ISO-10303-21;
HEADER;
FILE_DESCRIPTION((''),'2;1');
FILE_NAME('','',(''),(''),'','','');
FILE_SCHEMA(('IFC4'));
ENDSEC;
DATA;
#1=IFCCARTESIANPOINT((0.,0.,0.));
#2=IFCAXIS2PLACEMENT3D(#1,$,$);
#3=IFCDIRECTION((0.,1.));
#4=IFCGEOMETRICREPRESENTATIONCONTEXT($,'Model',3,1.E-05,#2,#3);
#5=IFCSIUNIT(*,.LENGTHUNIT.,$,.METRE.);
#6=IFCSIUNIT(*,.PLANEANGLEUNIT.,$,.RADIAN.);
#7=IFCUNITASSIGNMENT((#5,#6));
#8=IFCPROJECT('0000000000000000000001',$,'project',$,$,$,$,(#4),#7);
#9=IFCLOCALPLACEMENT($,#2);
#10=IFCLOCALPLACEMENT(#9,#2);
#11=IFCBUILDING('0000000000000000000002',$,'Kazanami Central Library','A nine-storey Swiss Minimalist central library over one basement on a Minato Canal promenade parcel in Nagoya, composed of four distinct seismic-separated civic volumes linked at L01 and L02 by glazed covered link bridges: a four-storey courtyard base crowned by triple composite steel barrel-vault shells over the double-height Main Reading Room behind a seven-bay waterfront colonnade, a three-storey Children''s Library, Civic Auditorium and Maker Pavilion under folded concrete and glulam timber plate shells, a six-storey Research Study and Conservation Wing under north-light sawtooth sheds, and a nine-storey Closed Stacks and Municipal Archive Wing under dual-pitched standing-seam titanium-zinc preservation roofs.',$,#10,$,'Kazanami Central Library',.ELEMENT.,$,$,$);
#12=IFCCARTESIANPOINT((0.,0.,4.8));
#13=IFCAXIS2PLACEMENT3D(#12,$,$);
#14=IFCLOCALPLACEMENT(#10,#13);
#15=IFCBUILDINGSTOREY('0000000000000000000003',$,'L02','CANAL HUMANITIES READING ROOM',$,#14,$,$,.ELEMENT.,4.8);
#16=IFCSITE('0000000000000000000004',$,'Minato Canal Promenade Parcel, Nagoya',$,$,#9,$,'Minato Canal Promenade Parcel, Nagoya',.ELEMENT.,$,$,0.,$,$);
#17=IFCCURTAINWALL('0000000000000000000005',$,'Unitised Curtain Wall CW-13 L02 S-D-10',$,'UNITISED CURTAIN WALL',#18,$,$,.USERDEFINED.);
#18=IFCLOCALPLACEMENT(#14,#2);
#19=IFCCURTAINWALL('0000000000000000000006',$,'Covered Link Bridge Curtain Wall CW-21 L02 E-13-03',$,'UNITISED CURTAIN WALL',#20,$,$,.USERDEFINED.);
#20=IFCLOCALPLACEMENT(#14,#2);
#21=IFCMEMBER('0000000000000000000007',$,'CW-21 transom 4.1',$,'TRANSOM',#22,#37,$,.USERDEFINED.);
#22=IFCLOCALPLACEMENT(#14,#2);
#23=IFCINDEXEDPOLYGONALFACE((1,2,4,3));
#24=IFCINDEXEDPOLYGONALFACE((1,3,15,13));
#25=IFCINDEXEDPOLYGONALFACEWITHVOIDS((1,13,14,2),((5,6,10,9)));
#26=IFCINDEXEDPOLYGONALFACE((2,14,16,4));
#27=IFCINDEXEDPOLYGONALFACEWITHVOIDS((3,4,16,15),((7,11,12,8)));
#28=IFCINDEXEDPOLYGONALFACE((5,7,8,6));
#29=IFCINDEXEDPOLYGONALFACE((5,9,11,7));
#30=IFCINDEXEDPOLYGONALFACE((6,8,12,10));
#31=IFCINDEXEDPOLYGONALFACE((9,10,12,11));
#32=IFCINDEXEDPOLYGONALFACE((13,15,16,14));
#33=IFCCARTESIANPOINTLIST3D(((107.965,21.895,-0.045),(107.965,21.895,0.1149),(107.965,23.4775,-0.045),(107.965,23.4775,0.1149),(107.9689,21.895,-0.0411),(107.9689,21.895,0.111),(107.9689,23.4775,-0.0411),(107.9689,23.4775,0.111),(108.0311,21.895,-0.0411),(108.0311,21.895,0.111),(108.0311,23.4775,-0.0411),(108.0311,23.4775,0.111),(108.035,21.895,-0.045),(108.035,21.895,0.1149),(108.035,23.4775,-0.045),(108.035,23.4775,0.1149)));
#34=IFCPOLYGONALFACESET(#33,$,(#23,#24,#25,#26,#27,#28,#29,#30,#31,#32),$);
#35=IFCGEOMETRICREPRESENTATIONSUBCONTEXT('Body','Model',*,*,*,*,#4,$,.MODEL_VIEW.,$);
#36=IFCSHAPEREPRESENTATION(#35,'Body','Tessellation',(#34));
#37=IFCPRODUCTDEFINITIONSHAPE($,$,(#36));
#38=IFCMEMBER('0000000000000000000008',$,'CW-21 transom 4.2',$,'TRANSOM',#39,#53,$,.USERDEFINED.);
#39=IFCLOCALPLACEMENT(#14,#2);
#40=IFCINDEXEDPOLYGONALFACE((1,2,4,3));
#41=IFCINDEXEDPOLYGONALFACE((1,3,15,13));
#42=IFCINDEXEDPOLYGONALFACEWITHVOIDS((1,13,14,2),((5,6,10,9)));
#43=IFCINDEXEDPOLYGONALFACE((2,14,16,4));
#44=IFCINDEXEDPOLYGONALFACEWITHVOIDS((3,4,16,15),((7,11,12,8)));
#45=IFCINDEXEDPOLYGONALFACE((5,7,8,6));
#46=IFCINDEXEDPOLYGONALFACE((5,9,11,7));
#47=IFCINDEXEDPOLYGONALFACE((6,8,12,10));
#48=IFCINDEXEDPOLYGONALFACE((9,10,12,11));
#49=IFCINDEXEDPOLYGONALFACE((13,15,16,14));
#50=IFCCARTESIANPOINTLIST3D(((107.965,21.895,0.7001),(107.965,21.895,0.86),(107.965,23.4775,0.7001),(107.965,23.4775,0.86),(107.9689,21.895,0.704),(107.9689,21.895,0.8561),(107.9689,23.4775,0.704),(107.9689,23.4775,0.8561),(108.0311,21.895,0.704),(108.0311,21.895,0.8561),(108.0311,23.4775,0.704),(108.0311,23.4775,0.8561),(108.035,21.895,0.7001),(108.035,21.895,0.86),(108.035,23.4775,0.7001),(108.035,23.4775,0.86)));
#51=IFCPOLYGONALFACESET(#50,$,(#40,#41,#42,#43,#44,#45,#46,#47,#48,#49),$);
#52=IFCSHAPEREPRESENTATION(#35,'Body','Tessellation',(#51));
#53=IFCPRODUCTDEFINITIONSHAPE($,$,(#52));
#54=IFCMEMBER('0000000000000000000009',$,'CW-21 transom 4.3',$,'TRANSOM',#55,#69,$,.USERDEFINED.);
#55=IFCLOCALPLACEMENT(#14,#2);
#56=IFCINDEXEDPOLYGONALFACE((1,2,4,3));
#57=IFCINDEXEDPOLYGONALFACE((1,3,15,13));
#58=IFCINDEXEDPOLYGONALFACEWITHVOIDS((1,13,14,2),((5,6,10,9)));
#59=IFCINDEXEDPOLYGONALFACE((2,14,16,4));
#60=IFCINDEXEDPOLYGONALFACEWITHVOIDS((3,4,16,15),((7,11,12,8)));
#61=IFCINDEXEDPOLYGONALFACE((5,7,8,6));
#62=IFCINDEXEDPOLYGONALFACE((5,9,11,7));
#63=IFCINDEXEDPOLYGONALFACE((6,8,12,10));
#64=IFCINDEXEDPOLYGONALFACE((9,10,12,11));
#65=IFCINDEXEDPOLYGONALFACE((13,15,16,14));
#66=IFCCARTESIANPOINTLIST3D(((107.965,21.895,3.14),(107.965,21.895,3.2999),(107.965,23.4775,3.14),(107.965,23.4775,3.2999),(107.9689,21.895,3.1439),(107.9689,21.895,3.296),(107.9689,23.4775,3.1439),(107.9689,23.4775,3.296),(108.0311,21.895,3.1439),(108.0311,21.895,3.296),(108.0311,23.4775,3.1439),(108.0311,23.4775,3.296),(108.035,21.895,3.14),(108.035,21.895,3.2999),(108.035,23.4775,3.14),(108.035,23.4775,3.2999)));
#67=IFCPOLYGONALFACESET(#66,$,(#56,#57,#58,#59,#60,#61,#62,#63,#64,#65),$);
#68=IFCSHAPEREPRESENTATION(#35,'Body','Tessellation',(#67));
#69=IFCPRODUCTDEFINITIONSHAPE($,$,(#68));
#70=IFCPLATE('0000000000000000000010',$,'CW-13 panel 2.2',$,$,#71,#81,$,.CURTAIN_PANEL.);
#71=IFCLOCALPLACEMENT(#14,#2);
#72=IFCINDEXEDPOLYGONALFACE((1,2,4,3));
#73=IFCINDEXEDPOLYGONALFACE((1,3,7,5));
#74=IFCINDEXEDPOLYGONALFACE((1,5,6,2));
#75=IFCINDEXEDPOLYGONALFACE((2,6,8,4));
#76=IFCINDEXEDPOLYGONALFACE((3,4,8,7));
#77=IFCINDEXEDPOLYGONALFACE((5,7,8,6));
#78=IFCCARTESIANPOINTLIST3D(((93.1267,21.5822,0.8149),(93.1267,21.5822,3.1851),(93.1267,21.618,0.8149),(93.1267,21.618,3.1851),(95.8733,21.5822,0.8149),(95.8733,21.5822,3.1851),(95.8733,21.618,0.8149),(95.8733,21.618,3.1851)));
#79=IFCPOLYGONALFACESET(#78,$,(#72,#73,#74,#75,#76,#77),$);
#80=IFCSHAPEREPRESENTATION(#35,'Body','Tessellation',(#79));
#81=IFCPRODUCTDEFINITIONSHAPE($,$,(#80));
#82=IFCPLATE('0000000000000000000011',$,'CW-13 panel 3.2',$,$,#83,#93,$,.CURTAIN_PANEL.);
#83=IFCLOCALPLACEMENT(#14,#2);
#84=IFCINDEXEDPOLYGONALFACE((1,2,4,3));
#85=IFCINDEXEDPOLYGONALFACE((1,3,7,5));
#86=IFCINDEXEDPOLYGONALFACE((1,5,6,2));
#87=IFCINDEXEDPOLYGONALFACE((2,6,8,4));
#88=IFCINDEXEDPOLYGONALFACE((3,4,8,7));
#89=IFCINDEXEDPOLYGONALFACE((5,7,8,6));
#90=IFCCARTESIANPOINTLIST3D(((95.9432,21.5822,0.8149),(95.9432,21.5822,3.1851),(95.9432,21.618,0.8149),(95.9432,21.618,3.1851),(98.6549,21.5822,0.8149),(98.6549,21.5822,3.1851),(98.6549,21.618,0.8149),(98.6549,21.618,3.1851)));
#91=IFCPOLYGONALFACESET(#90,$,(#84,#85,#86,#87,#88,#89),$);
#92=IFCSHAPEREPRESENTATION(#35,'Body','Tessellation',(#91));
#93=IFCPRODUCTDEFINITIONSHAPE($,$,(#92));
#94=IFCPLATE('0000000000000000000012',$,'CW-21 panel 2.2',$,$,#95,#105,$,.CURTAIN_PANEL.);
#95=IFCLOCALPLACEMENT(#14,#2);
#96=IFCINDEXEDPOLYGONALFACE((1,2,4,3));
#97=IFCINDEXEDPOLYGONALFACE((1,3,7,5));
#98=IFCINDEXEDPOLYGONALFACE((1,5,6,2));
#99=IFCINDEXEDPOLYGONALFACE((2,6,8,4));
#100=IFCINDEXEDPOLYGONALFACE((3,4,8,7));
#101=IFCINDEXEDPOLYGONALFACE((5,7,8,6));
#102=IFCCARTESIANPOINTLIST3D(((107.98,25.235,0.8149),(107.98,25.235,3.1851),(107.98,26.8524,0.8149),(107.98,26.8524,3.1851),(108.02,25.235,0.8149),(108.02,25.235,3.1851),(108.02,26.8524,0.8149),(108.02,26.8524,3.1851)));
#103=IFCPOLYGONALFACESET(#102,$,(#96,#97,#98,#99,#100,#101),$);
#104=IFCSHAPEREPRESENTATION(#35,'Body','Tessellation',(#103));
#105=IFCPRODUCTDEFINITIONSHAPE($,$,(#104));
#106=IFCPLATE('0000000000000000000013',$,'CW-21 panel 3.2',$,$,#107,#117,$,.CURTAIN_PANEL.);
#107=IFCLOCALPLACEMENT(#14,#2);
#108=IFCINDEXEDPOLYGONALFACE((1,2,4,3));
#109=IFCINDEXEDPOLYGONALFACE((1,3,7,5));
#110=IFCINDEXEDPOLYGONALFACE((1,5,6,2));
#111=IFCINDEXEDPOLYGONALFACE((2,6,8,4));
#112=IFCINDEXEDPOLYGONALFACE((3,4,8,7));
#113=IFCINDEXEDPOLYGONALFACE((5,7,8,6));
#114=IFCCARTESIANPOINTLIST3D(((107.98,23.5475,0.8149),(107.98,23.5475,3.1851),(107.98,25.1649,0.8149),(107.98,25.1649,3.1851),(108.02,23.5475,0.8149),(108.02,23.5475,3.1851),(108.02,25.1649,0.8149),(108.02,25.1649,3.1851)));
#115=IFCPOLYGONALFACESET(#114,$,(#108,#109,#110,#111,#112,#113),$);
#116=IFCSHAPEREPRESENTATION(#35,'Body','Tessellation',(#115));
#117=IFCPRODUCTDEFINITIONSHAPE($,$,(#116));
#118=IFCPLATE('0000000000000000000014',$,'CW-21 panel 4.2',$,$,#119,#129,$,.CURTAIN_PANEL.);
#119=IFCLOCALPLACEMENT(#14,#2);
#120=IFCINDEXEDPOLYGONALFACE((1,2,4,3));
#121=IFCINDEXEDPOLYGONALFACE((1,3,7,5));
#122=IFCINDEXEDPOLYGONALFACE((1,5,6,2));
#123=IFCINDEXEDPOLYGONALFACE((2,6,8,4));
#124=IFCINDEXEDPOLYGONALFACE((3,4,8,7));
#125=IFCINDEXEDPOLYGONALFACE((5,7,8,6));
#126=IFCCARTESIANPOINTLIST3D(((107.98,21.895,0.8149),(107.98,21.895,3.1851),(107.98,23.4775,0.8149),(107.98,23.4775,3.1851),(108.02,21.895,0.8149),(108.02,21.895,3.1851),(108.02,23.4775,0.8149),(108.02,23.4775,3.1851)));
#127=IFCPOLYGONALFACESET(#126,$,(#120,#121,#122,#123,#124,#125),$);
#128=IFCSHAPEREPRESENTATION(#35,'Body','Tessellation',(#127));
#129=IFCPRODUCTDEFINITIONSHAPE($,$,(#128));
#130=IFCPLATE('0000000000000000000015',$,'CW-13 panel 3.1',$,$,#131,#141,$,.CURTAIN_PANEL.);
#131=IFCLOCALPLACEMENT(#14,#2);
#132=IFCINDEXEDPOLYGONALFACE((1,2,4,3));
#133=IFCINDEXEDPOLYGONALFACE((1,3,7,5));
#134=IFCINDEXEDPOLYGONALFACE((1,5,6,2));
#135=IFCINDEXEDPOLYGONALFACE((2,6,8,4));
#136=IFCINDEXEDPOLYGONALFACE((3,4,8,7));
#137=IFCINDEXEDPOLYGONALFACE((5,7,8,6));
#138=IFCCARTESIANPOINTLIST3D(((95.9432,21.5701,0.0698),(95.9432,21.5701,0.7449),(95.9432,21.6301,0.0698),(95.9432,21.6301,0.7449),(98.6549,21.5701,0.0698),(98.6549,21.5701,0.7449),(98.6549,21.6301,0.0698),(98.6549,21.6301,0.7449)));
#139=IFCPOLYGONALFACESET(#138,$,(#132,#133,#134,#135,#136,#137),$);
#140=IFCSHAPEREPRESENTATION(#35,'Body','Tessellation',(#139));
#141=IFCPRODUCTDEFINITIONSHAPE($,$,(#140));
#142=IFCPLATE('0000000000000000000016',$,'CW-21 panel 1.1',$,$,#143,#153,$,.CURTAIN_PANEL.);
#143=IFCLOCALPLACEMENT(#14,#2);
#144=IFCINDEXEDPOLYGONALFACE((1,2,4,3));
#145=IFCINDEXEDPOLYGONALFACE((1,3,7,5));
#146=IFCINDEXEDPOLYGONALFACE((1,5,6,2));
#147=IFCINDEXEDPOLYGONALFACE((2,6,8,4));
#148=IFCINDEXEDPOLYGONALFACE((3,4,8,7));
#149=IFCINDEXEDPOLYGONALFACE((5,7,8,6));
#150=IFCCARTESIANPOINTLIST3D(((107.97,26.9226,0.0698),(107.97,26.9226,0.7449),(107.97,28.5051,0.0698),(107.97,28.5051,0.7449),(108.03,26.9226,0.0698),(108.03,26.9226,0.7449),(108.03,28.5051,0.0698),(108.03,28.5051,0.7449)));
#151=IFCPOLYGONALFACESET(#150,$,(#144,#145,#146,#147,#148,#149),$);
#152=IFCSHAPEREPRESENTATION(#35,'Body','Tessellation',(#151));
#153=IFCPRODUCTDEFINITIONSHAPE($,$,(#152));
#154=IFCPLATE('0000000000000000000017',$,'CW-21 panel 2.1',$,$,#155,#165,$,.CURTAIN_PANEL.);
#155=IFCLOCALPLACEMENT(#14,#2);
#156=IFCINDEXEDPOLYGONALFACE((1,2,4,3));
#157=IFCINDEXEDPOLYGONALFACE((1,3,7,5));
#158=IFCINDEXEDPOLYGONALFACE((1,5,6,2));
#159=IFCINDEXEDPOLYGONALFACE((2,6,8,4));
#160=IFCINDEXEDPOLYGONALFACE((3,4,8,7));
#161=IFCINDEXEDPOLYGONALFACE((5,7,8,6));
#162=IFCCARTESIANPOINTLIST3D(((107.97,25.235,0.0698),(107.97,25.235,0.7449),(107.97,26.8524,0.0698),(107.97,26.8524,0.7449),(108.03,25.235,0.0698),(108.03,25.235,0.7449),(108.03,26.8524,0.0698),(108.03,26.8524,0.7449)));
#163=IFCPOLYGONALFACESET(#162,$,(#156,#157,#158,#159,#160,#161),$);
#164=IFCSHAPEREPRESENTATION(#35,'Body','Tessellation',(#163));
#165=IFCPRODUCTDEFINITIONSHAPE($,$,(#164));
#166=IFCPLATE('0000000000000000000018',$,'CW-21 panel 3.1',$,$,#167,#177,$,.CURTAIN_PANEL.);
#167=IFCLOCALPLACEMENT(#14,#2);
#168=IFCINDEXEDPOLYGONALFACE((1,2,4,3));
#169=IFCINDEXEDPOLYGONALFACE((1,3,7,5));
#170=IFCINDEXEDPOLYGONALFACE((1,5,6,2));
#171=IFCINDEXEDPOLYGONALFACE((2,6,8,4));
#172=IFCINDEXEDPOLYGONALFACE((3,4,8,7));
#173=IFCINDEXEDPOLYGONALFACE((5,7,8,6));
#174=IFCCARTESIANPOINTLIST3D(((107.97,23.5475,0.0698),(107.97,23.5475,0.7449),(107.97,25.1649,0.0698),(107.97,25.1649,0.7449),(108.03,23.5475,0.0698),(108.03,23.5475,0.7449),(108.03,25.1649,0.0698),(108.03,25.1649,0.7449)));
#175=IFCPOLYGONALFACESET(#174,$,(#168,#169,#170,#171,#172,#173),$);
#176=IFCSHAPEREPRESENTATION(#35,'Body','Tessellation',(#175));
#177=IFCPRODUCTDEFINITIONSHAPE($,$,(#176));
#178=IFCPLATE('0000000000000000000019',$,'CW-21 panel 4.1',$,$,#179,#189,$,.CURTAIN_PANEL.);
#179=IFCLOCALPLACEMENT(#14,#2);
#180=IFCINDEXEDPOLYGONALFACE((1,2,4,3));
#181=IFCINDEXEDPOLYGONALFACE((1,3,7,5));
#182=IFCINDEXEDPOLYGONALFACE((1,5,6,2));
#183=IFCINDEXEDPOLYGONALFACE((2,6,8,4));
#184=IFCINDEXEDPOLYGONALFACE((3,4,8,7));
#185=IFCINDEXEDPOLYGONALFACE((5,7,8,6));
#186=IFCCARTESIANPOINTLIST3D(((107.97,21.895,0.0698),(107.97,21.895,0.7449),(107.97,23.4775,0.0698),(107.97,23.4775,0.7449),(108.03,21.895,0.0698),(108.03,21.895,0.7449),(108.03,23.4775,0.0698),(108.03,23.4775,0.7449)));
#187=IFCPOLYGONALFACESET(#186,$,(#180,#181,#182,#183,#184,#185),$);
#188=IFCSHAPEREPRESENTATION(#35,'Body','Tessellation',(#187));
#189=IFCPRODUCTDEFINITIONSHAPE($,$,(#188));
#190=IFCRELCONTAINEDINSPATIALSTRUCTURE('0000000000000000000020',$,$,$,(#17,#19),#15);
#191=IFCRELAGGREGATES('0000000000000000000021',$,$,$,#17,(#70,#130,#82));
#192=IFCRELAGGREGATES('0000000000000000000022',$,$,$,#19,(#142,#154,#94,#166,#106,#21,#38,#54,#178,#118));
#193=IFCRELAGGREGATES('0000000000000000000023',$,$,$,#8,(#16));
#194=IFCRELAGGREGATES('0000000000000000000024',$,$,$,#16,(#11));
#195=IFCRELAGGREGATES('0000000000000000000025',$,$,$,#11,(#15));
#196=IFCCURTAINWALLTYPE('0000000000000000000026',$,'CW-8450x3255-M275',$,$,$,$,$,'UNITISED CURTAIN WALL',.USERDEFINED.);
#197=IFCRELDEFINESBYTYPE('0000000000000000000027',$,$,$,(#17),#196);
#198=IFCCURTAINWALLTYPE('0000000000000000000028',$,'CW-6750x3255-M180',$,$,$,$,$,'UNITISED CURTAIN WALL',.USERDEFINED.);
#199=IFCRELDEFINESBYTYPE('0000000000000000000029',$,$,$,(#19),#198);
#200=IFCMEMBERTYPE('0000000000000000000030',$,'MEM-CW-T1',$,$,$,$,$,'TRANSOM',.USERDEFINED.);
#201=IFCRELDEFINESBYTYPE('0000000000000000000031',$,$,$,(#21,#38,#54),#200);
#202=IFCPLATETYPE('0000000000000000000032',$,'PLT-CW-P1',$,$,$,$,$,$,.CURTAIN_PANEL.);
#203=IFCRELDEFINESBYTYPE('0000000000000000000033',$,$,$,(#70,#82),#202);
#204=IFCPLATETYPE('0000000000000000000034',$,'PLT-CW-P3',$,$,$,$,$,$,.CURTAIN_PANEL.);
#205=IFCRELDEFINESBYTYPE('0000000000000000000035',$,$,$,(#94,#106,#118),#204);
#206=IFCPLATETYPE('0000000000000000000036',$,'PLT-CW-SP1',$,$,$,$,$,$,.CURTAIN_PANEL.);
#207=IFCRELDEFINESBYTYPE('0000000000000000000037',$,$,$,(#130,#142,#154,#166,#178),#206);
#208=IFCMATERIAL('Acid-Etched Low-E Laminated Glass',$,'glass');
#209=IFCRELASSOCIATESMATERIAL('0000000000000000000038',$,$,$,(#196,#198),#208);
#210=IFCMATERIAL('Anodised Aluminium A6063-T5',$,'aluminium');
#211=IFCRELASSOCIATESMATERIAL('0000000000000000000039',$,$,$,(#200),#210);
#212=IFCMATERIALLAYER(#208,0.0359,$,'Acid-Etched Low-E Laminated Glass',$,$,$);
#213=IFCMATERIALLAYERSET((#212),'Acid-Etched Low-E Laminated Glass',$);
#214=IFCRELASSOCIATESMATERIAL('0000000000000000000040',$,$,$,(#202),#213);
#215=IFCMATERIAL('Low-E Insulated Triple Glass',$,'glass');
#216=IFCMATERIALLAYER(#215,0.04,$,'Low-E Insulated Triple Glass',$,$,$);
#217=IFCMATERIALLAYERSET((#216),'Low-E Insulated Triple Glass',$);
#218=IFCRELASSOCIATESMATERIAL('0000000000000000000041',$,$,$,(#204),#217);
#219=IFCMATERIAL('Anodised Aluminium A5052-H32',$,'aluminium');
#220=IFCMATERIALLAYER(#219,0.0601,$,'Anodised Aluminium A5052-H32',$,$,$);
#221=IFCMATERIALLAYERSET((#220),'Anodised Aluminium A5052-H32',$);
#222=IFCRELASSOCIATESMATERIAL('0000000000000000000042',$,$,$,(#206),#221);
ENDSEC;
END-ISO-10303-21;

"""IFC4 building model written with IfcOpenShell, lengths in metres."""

from ifc_helpers import new_model, si_unit, direction, frame, origin, origin_2d, place, context, subcontext, project, spatial, rectangle, hollow_rectangle, extrude, material, layer, layer_set, material_profile, profile_set, type_object, element, aggregate, save


model = new_model("IFC4")

# Units and contexts
model_context = context("Model", 3, precision=1e-05, world=origin(), true_north=direction((0.0, 1.0)))
body_context = subcontext(model_context, "Body", "Model", "MODEL_VIEW")
ifc_project = project(units=[si_unit("LENGTHUNIT", "METRE"), si_unit("PLANEANGLEUNIT", "RADIAN")], contexts=[model_context])

# Site, building, storey
site_placement = place(None, origin())
site = spatial("IfcSite", under=ifc_project, at=site_placement, Name="Minato Canal Promenade Parcel, Nagoya", LongName="Minato Canal Promenade Parcel, Nagoya", CompositionType="ELEMENT", RefElevation=0.0)
building_placement = place(site_placement, origin())
building = spatial("IfcBuilding", under=site, at=building_placement, Name="Kazanami Central Library", Description="A nine-storey Swiss Minimalist central library over one basement on a Minato Canal promenade parcel in Nagoya, composed of four distinct seismic-separated civic volumes linked at L01 and L02 by glazed covered link bridges: a four-storey courtyard base crowned by triple composite steel barrel-vault shells over the double-height Main Reading Room behind a seven-bay waterfront colonnade, a three-storey Children's Library, Civic Auditorium and Maker Pavilion under folded concrete and glulam timber plate shells, a six-storey Research Study and Conservation Wing under north-light sawtooth sheds, and a nine-storey Closed Stacks and Municipal Archive Wing under dual-pitched standing-seam titanium-zinc preservation roofs.", LongName="Kazanami Central Library", CompositionType="ELEMENT")
storey_placement = place(building_placement, frame((0.0, 0.0, 4.8)))
storey = spatial("IfcBuildingStorey", under=building, at=storey_placement, Name="L02", Description="CANAL HUMANITIES READING ROOM", CompositionType="ELEMENT", Elevation=4.8)

# Curtain walls
ifc_material_1 = material(Name="Acid-Etched Low-E Laminated Glass", Category="glass")
curtain_wall_type_1 = type_object("IfcCurtainWallType", Name="CW-8450x3255-M275", ElementType="UNITISED CURTAIN WALL", PredefinedType="USERDEFINED", material=ifc_material_1)
curtain_wall_1_placement = place(storey_placement, origin())
curtain_wall_1 = element("IfcCurtainWall", 1, at=curtain_wall_1_placement, inside=storey, type_object=curtain_wall_type_1, Name="Unitised Curtain Wall CW-13 L02 S-D-10", ObjectType="UNITISED CURTAIN WALL", PredefinedType="USERDEFINED")
ifc_material_2 = material(Name="Anodised Aluminium A6063-T5", Category="aluminium")
curtain_wall_type_2 = type_object("IfcCurtainWallType", Name="CW-6750x3255-M180", ElementType="UNITISED CURTAIN WALL", PredefinedType="USERDEFINED", material=ifc_material_1)
curtain_wall_2_placement = place(storey_placement, origin())
curtain_wall_2 = element("IfcCurtainWall", 2, at=curtain_wall_2_placement, inside=storey, type_object=curtain_wall_type_2, Name="Covered Link Bridge Curtain Wall CW-21 L02 E-13-03", ObjectType="UNITISED CURTAIN WALL", PredefinedType="USERDEFINED")

# Members
ifc_material_profile_1 = material_profile(ifc_material_2, hollow_rectangle(XDim=0.0701, YDim=0.1599, WallThickness=0.0039, at=origin_2d()), Name="ALU-TRAN-70x160x4")
ifc_profile_set_1 = profile_set([ifc_material_profile_1], Name="Anodised Aluminium A6063-T5")
member_type_1 = type_object("IfcMemberType", Name="MEM-CW-T1", ElementType="TRANSOM", PredefinedType="USERDEFINED", material=ifc_profile_set_1)
member_1_placement = place(storey_placement, frame((108.0, 23.4775, 0.0349), z_axis=(0.0, -1.0, 0.0), x_axis=(1.0, 0.0, 0.0)))
member_1 = element("IfcMember", 3, at=member_1_placement, type_object=member_type_1, Name="CW-21 transom 4.1", ObjectType="TRANSOM", PredefinedType="USERDEFINED", context=body_context, shape_type="SweptSolid", body=[
    extrude(hollow_rectangle(XDim=0.0701, YDim=0.1599, WallThickness=0.0039, at=origin_2d()), origin(), (0.0, 0.0, 1.0), 1.5825),
])
member_2_placement = place(storey_placement, frame((108.0, 23.4775, 0.78), z_axis=(0.0, -1.0, 0.0), x_axis=(1.0, 0.0, 0.0)))
member_2 = element("IfcMember", 4, at=member_2_placement, type_object=member_type_1, Name="CW-21 transom 4.2", ObjectType="TRANSOM", PredefinedType="USERDEFINED", context=body_context, shape_type="SweptSolid", body=[
    extrude(hollow_rectangle(XDim=0.0701, YDim=0.1599, WallThickness=0.0039, at=origin_2d()), origin(), (0.0, 0.0, 1.0), 1.5825),
])
member_3_placement = place(storey_placement, frame((108.0, 23.4775, 3.22), z_axis=(0.0, -1.0, 0.0), x_axis=(1.0, 0.0, 0.0)))
member_3 = element("IfcMember", 5, at=member_3_placement, type_object=member_type_1, Name="CW-21 transom 4.3", ObjectType="TRANSOM", PredefinedType="USERDEFINED", context=body_context, shape_type="SweptSolid", body=[
    extrude(hollow_rectangle(XDim=0.0701, YDim=0.1599, WallThickness=0.0039, at=origin_2d()), origin(), (0.0, 0.0, 1.0), 1.5825),
])

# Plates
ifc_layer_1 = layer(ifc_material_1, 0.0359, Name="Acid-Etched Low-E Laminated Glass")
ifc_layer_set_1 = layer_set([ifc_layer_1], Name="Acid-Etched Low-E Laminated Glass")
plate_type_1 = type_object("IfcPlateType", Name="PLT-CW-P1", PredefinedType="CURTAIN_PANEL", material=ifc_layer_set_1)
plate_1_placement = place(storey_placement, frame((94.5, 21.6001, 0.8149), z_axis=(0.0, 0.0, 1.0), x_axis=(1.0, 0.0, 0.0)))
plate_1 = element("IfcPlate", 6, at=plate_1_placement, type_object=plate_type_1, Name="CW-13 panel 2.2", PredefinedType="CURTAIN_PANEL", context=body_context, shape_type="SweptSolid", body=[
    extrude(rectangle(XDim=2.7466, YDim=0.0359, at=origin_2d()), origin(), (0.0, 0.0, 1.0), 2.3701),
])
plate_2_placement = place(storey_placement, frame((97.2991, 21.6001, 0.8149), z_axis=(0.0, 0.0, 1.0), x_axis=(1.0, 0.0, 0.0)))
plate_2 = element("IfcPlate", 7, at=plate_2_placement, type_object=plate_type_1, Name="CW-13 panel 3.2", PredefinedType="CURTAIN_PANEL", context=body_context, shape_type="SweptSolid", body=[
    extrude(rectangle(XDim=2.7117, YDim=0.0359, at=origin_2d()), origin(), (0.0, 0.0, 1.0), 2.3701),
])
ifc_material_3 = material(Name="Low-E Insulated Triple Glass", Category="glass")
ifc_layer_2 = layer(ifc_material_3, 0.04, Name="Low-E Insulated Triple Glass")
ifc_layer_set_2 = layer_set([ifc_layer_2], Name="Low-E Insulated Triple Glass")
plate_type_2 = type_object("IfcPlateType", Name="PLT-CW-P3", PredefinedType="CURTAIN_PANEL", material=ifc_layer_set_2)
plate_3_placement = place(storey_placement, frame((108.0, 26.0437, 0.8149), z_axis=(0.0, 0.0, 1.0), x_axis=(0.0, -1.0, 0.0)))
plate_3 = element("IfcPlate", 8, at=plate_3_placement, type_object=plate_type_2, Name="CW-21 panel 2.2", PredefinedType="CURTAIN_PANEL", context=body_context, shape_type="SweptSolid", body=[
    extrude(rectangle(XDim=1.6174, YDim=0.04, at=origin_2d()), origin(), (0.0, 0.0, 1.0), 2.3701),
])
plate_4_placement = place(storey_placement, frame((108.0, 24.3562, 0.8149), z_axis=(0.0, 0.0, 1.0), x_axis=(0.0, -1.0, 0.0)))
plate_4 = element("IfcPlate", 9, at=plate_4_placement, type_object=plate_type_2, Name="CW-21 panel 3.2", PredefinedType="CURTAIN_PANEL", context=body_context, shape_type="SweptSolid", body=[
    extrude(rectangle(XDim=1.6174, YDim=0.04, at=origin_2d()), origin(), (0.0, 0.0, 1.0), 2.3701),
])
plate_5_placement = place(storey_placement, frame((108.0, 22.6863, 0.8149), z_axis=(0.0, 0.0, 1.0), x_axis=(0.0, -1.0, 0.0)))
plate_5 = element("IfcPlate", 10, at=plate_5_placement, type_object=plate_type_2, Name="CW-21 panel 4.2", PredefinedType="CURTAIN_PANEL", context=body_context, shape_type="SweptSolid", body=[
    extrude(rectangle(XDim=1.5825, YDim=0.04, at=origin_2d()), origin(), (0.0, 0.0, 1.0), 2.3701),
])
ifc_material_4 = material(Name="Anodised Aluminium A5052-H32", Category="aluminium")
ifc_layer_3 = layer(ifc_material_4, 0.0601, Name="Anodised Aluminium A5052-H32")
ifc_layer_set_3 = layer_set([ifc_layer_3], Name="Anodised Aluminium A5052-H32")
plate_type_3 = type_object("IfcPlateType", Name="PLT-CW-SP1", PredefinedType="CURTAIN_PANEL", material=ifc_layer_set_3)
plate_6_placement = place(storey_placement, frame((97.2991, 21.6001, 0.0698), z_axis=(0.0, 0.0, 1.0), x_axis=(1.0, 0.0, 0.0)))
plate_6 = element("IfcPlate", 11, at=plate_6_placement, type_object=plate_type_3, Name="CW-13 panel 3.1", PredefinedType="CURTAIN_PANEL", context=body_context, shape_type="SweptSolid", body=[
    extrude(rectangle(XDim=2.7117, YDim=0.0601, at=origin_2d()), origin(), (0.0, 0.0, 1.0), 0.675),
])
aggregate(curtain_wall_1, [plate_1, plate_6, plate_2])
plate_7_placement = place(storey_placement, frame((108.0, 27.7139, 0.0698), z_axis=(0.0, 0.0, 1.0), x_axis=(0.0, -1.0, 0.0)))
plate_7 = element("IfcPlate", 12, at=plate_7_placement, type_object=plate_type_3, Name="CW-21 panel 1.1", PredefinedType="CURTAIN_PANEL", context=body_context, shape_type="SweptSolid", body=[
    extrude(rectangle(XDim=1.5825, YDim=0.0601, at=origin_2d()), origin(), (0.0, 0.0, 1.0), 0.675),
])
plate_8_placement = place(storey_placement, frame((108.0, 26.0437, 0.0698), z_axis=(0.0, 0.0, 1.0), x_axis=(0.0, -1.0, 0.0)))
plate_8 = element("IfcPlate", 13, at=plate_8_placement, type_object=plate_type_3, Name="CW-21 panel 2.1", PredefinedType="CURTAIN_PANEL", context=body_context, shape_type="SweptSolid", body=[
    extrude(rectangle(XDim=1.6174, YDim=0.0601, at=origin_2d()), origin(), (0.0, 0.0, 1.0), 0.675),
])
plate_9_placement = place(storey_placement, frame((108.0, 24.3562, 0.0698), z_axis=(0.0, 0.0, 1.0), x_axis=(0.0, -1.0, 0.0)))
plate_9 = element("IfcPlate", 14, at=plate_9_placement, type_object=plate_type_3, Name="CW-21 panel 3.1", PredefinedType="CURTAIN_PANEL", context=body_context, shape_type="SweptSolid", body=[
    extrude(rectangle(XDim=1.6174, YDim=0.0601, at=origin_2d()), origin(), (0.0, 0.0, 1.0), 0.675),
])
plate_10_placement = place(storey_placement, frame((108.0, 22.6863, 0.0698), z_axis=(0.0, 0.0, 1.0), x_axis=(0.0, -1.0, 0.0)))
plate_10 = element("IfcPlate", 15, at=plate_10_placement, type_object=plate_type_3, Name="CW-21 panel 4.1", PredefinedType="CURTAIN_PANEL", context=body_context, shape_type="SweptSolid", body=[
    extrude(rectangle(XDim=1.5825, YDim=0.0601, at=origin_2d()), origin(), (0.0, 0.0, 1.0), 0.675),
])
aggregate(curtain_wall_2, [plate_7, plate_8, plate_3, plate_9, plate_4, member_1, member_2, member_3, plate_10, plate_5])

save(model, "model.ifc")
